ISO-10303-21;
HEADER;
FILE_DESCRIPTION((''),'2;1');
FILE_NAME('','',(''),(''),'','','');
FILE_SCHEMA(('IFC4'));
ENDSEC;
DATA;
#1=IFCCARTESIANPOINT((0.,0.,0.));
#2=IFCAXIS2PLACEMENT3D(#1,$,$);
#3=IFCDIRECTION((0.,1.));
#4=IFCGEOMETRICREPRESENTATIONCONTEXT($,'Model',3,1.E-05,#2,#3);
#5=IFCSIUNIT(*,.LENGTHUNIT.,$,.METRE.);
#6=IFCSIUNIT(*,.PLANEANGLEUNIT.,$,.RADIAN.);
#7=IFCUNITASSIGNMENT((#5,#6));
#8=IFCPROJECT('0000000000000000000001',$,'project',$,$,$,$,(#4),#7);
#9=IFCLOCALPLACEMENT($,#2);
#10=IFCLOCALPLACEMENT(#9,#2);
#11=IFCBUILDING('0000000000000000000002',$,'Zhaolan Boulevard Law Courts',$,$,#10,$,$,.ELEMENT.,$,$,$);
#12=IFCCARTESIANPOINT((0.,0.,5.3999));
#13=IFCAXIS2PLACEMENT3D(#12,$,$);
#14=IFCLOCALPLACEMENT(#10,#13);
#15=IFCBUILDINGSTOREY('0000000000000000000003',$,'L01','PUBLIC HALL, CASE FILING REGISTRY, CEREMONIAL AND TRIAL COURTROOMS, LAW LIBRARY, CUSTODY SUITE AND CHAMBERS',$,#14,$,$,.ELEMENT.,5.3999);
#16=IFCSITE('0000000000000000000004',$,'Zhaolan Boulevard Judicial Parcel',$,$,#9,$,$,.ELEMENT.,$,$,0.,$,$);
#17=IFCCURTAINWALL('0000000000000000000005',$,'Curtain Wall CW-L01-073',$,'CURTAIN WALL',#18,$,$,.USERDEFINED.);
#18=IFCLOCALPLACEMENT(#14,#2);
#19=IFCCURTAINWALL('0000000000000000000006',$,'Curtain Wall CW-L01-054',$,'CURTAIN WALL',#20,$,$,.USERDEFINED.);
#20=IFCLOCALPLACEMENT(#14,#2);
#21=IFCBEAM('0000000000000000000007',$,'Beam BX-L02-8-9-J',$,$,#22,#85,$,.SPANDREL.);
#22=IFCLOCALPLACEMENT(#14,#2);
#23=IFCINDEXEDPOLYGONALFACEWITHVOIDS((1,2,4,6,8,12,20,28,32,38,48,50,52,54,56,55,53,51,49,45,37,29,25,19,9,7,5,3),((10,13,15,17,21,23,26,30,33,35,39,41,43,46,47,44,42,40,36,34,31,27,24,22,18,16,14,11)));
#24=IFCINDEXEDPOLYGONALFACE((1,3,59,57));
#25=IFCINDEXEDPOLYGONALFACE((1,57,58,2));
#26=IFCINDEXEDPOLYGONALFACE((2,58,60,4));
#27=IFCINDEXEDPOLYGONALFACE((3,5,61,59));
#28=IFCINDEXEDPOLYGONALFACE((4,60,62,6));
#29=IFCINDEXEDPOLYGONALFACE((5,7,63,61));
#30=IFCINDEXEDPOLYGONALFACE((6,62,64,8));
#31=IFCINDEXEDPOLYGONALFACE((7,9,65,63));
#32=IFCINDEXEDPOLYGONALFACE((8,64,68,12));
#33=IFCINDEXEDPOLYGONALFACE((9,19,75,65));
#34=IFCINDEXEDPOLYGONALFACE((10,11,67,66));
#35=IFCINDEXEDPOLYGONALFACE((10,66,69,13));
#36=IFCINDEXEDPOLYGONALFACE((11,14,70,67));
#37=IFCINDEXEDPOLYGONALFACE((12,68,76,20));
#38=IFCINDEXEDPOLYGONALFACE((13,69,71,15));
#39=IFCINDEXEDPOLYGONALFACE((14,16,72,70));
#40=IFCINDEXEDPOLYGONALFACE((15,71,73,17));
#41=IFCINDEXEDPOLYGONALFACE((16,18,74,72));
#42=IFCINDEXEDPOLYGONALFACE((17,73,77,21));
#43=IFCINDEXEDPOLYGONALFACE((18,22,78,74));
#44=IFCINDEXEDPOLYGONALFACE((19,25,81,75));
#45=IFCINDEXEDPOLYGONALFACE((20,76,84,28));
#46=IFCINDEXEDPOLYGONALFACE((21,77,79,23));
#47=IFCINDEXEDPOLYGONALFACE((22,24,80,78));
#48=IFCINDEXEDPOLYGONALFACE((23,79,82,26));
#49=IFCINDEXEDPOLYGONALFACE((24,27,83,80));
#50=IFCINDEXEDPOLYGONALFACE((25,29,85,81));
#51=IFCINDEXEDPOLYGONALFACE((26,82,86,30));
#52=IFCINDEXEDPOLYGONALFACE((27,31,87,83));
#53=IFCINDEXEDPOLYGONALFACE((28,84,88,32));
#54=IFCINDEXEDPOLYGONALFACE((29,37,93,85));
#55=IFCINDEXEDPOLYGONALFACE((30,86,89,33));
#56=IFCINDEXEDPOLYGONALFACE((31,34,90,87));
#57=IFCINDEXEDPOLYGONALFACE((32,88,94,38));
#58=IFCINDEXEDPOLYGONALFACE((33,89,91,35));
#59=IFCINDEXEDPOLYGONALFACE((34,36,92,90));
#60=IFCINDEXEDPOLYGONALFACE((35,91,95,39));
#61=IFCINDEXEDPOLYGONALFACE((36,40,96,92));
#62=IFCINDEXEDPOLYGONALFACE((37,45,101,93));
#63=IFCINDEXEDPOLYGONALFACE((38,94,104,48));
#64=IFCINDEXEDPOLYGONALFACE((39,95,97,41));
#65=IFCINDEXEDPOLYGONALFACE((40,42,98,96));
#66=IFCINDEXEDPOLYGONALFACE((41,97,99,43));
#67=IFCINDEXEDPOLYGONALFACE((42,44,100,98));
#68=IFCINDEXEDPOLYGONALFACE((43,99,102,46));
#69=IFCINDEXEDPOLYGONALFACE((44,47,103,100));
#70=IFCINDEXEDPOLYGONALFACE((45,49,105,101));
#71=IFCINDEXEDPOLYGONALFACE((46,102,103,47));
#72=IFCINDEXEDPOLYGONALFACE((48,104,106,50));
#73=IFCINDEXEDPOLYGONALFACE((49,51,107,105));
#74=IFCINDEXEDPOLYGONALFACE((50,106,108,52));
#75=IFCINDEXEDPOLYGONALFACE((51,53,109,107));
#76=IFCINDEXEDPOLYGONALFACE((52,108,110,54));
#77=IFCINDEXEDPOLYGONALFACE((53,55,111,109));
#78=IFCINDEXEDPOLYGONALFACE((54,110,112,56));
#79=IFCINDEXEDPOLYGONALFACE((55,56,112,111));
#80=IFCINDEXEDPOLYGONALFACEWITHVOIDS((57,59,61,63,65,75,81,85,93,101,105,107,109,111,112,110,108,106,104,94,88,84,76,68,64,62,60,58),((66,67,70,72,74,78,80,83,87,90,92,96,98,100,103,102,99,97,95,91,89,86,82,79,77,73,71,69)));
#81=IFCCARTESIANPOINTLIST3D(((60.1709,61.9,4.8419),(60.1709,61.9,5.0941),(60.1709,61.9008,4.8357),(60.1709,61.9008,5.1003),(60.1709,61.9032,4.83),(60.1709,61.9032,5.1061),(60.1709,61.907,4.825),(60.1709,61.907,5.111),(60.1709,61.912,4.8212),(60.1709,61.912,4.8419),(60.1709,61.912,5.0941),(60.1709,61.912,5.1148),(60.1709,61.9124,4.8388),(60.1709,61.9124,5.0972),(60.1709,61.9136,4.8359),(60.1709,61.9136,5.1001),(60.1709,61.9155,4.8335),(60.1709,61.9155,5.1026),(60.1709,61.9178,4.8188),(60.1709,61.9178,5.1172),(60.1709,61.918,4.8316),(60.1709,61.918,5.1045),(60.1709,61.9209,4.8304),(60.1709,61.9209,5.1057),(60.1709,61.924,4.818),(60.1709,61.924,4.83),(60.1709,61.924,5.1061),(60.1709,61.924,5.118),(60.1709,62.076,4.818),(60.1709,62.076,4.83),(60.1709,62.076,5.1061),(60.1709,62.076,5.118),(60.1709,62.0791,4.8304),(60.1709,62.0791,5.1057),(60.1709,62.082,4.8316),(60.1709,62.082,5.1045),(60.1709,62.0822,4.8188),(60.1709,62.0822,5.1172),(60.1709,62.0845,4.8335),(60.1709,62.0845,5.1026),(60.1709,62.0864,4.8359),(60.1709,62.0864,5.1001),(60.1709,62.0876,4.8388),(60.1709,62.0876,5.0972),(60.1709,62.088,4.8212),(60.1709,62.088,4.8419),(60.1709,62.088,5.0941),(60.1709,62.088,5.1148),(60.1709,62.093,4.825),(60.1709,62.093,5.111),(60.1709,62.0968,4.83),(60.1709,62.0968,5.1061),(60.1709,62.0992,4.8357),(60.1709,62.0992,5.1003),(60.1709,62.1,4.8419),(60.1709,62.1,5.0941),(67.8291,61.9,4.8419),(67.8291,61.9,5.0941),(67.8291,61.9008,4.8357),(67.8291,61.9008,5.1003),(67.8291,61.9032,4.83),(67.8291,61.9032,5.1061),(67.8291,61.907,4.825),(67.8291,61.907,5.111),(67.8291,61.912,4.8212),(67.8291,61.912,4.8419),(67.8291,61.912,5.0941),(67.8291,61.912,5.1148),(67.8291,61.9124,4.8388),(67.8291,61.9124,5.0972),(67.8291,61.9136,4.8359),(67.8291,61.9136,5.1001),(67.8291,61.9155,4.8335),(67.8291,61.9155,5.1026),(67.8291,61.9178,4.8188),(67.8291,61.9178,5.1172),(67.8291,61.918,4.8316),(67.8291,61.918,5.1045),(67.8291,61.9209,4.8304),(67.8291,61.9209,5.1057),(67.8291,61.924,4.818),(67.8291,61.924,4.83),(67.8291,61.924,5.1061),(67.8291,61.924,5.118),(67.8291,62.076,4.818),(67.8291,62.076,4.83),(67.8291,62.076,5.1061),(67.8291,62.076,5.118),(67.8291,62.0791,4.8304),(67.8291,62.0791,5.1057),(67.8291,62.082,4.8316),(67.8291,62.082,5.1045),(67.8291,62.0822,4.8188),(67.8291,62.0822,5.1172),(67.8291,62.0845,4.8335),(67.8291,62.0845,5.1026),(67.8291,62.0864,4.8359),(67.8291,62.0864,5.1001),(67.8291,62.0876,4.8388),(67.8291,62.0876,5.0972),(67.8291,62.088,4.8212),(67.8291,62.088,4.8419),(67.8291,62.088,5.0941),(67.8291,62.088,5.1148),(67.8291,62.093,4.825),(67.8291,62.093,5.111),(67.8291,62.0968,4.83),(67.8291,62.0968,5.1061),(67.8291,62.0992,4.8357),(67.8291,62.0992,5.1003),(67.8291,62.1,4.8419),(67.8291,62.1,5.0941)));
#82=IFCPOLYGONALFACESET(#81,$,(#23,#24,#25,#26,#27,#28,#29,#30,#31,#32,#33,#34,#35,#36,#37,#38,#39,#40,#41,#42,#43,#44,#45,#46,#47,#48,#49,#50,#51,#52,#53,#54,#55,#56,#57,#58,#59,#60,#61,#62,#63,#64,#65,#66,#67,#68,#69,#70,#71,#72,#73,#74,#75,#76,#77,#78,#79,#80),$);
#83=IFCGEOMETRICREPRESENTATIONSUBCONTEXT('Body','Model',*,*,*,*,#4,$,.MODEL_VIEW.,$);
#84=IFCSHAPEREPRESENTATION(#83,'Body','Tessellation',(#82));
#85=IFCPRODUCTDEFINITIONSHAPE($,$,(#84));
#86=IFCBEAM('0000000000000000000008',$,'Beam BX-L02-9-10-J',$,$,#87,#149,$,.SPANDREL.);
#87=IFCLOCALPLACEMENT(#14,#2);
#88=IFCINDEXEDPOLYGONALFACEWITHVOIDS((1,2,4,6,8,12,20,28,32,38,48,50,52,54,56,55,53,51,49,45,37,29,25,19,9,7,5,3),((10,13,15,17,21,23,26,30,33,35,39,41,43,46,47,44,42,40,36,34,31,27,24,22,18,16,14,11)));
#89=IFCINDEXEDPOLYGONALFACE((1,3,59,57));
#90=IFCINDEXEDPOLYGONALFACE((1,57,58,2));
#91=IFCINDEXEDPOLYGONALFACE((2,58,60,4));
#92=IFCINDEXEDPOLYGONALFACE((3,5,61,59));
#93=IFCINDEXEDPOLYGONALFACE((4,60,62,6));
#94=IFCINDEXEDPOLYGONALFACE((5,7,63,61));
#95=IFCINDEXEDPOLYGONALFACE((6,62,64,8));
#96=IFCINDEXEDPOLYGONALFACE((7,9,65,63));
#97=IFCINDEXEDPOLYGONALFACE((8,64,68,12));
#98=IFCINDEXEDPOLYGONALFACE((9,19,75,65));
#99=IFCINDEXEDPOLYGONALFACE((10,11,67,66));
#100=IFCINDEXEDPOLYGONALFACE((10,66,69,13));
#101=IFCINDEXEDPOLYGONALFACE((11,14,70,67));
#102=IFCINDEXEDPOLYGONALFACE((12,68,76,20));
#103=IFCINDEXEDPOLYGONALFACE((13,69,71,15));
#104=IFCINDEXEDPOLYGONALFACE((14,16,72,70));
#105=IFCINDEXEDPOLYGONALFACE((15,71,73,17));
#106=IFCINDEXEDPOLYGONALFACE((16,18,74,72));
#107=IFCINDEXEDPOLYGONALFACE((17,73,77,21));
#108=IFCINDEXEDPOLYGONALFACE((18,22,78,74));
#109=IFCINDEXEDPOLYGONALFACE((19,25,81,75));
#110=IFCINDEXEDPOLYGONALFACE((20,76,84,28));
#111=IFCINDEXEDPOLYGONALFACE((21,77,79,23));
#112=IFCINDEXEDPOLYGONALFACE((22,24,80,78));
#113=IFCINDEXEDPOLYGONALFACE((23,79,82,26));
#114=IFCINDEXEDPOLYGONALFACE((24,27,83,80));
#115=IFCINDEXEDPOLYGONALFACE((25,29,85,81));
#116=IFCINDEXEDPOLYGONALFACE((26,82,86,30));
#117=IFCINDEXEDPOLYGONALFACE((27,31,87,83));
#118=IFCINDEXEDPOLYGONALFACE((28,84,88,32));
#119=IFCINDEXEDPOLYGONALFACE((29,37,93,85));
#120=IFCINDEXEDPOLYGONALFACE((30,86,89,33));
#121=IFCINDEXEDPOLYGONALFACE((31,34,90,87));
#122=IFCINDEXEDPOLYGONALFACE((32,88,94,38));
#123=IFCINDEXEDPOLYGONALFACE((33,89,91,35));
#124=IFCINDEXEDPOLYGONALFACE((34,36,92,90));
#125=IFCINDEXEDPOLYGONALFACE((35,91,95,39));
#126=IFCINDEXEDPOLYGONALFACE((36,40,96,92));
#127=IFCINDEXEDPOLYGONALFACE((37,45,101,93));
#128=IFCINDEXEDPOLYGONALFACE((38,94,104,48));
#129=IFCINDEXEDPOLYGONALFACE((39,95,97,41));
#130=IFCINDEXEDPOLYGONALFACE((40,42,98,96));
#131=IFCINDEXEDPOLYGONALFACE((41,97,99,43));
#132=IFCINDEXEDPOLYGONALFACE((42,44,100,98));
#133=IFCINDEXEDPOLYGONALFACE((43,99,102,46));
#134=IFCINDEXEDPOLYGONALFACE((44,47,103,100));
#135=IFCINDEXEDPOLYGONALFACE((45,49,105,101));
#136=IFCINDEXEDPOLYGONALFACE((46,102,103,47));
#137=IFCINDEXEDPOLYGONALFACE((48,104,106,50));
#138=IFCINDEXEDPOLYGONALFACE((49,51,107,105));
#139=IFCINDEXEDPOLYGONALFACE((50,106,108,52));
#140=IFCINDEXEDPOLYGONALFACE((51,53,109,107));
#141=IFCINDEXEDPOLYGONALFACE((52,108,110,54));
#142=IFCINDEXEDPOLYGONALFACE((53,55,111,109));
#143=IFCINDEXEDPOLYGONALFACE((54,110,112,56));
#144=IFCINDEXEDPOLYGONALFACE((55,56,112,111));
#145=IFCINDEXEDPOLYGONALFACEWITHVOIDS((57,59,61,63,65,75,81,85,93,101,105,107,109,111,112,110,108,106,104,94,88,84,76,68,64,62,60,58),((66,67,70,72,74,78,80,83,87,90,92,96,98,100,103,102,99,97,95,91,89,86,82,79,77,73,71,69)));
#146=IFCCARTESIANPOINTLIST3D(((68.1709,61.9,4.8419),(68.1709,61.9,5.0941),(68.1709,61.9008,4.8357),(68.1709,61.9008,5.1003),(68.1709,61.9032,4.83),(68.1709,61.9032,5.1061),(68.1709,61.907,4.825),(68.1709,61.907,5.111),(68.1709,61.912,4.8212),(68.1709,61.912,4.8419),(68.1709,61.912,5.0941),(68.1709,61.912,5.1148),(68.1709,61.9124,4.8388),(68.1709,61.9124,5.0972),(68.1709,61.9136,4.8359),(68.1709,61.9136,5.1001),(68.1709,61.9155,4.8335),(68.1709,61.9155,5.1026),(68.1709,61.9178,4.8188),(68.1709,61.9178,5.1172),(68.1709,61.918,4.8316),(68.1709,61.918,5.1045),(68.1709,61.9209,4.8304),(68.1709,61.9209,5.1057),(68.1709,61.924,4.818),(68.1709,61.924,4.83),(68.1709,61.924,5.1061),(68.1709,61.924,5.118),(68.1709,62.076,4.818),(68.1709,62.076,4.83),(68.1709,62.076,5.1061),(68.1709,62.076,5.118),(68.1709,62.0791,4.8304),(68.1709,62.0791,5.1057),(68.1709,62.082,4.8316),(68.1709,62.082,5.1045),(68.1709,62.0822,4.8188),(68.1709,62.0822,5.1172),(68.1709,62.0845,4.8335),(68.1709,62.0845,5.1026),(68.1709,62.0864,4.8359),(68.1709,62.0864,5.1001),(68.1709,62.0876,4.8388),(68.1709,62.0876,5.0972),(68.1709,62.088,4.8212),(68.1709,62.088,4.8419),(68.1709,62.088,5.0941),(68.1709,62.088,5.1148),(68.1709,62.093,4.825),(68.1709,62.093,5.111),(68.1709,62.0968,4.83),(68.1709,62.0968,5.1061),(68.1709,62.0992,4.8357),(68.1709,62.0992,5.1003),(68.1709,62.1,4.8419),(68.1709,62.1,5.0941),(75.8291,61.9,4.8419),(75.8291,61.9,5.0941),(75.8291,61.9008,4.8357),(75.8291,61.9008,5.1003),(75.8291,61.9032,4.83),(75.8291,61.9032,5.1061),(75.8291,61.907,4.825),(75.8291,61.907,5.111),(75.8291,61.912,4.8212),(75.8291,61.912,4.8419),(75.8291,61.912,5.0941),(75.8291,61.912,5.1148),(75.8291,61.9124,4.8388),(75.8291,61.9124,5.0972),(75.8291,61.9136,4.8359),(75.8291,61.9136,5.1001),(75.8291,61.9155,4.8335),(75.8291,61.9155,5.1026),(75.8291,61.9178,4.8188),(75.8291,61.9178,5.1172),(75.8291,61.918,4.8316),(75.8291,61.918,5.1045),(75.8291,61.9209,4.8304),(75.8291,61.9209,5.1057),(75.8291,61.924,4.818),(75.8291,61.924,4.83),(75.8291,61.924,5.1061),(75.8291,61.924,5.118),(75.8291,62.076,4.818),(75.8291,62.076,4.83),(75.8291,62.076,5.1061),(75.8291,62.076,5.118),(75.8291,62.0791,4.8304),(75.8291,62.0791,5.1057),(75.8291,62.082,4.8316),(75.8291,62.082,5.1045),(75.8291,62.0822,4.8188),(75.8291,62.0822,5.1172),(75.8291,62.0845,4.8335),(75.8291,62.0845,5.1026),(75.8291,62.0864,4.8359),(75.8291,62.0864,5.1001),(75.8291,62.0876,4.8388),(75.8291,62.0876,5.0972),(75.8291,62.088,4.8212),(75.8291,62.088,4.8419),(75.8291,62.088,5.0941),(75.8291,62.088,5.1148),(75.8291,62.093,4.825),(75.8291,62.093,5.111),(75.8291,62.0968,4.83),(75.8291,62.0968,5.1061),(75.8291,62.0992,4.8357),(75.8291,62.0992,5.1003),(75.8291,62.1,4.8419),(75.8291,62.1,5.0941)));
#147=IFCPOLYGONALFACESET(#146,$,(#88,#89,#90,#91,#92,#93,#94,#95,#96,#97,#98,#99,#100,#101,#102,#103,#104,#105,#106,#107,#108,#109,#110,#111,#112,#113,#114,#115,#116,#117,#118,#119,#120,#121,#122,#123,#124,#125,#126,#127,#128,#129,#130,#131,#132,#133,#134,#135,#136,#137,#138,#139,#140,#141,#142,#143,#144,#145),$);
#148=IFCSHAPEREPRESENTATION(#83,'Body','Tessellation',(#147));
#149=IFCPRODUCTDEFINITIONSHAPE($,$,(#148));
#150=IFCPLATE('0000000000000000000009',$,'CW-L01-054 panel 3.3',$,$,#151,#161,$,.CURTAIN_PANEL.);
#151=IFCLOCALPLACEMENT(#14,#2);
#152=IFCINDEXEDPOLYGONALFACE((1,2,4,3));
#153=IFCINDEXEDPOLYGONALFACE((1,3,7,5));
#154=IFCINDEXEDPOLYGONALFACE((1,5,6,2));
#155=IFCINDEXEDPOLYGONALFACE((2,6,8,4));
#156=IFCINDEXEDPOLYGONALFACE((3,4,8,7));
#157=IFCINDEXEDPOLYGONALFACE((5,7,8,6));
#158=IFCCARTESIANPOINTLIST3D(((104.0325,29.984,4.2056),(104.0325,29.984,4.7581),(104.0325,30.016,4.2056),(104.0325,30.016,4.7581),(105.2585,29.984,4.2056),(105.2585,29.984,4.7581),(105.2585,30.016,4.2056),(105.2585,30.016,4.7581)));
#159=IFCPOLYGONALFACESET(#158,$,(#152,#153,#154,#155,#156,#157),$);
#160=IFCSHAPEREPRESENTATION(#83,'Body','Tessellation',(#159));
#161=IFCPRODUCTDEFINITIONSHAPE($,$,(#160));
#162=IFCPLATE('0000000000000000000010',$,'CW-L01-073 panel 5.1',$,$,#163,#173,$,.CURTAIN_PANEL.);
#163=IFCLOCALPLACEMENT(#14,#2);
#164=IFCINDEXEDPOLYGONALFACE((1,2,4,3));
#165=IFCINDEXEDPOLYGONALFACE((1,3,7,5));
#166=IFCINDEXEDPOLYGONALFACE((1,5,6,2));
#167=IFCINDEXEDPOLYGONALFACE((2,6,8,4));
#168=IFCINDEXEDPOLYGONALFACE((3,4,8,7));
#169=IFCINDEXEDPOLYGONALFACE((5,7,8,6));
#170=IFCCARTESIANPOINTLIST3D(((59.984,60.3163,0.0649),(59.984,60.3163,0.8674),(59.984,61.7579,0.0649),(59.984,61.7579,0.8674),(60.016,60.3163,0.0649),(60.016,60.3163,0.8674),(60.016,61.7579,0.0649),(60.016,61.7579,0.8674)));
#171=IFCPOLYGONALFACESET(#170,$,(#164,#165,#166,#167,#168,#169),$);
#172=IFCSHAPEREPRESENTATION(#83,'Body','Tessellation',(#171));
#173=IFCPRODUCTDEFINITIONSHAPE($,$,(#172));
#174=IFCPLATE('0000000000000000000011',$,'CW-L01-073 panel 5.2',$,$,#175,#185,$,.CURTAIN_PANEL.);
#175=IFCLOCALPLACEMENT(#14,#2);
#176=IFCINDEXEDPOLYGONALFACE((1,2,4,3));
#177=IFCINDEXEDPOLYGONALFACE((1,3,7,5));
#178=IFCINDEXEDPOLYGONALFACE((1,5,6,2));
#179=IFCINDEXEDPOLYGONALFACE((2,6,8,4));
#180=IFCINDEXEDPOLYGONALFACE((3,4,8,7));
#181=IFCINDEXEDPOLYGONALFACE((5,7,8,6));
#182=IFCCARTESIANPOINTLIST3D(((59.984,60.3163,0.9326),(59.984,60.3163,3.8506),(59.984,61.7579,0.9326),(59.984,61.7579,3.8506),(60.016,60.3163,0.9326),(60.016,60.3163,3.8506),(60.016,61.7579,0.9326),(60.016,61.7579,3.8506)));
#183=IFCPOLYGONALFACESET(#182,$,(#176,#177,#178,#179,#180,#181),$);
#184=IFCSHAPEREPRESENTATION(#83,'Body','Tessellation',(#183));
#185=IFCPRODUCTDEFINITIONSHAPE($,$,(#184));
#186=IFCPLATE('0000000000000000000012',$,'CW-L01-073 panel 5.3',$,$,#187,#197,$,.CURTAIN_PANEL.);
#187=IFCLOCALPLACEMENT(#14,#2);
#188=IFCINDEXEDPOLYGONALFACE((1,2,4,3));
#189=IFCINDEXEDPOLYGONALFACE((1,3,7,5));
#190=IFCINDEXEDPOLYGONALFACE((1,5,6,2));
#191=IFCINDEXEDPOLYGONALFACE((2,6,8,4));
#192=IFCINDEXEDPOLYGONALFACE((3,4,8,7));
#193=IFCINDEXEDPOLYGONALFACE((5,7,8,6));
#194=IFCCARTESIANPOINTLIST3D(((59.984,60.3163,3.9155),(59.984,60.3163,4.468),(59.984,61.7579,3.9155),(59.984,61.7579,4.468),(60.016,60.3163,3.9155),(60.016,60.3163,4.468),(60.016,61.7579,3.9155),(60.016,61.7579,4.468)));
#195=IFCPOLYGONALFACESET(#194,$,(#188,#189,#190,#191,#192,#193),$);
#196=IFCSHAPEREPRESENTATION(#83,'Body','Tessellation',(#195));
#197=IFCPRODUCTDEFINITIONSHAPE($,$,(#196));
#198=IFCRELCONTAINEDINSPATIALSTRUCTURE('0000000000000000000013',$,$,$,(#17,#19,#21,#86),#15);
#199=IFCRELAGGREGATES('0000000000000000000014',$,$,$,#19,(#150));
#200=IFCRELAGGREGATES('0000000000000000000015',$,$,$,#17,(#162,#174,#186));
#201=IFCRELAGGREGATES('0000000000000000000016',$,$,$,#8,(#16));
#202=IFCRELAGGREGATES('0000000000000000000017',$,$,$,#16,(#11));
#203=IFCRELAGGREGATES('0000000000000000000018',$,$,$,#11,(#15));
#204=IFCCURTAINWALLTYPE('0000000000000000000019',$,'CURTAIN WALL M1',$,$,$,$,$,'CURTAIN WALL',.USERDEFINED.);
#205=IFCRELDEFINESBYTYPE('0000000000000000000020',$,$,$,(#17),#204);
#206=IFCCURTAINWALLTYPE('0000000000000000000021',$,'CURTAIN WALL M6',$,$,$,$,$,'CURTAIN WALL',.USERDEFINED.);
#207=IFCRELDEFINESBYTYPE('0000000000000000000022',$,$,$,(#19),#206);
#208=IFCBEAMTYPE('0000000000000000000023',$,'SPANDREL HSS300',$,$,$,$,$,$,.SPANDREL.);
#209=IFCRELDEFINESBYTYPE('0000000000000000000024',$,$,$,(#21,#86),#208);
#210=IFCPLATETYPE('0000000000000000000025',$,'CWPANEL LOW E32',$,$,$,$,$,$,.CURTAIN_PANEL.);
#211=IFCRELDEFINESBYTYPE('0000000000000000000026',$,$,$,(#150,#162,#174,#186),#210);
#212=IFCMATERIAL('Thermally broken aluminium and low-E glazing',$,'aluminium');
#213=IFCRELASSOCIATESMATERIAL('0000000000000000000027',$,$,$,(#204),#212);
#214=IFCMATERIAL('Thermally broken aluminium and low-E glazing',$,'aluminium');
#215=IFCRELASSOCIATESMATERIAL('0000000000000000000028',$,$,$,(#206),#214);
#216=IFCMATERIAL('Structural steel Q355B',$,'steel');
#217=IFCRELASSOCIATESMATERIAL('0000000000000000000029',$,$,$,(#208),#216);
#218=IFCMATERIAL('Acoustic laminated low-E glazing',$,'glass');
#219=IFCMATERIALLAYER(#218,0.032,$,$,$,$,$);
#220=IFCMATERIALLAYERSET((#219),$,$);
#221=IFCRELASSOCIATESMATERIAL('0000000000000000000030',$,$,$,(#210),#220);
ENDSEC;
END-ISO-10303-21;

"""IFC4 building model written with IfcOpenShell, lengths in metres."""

from ifc_helpers import new_model, si_unit, direction, frame, origin, origin_2d, place, context, subcontext, project, spatial, rectangle, hollow_rectangle, extrude, material, layer, layer_set, material_profile, profile_set, type_object, element, aggregate, save


model = new_model("IFC4")

# Units and contexts
model_context = context("Model", 3, precision=1e-05, world=origin(), true_north=direction((0.0, 1.0)))
body_context = subcontext(model_context, "Body", "Model", "MODEL_VIEW")
ifc_project = project(units=[si_unit("LENGTHUNIT", "METRE"), si_unit("PLANEANGLEUNIT", "RADIAN")], contexts=[model_context])

# Site, building, storey
site_placement = place(None, origin())
site = spatial("IfcSite", under=ifc_project, at=site_placement, Name="Zhaolan Boulevard Judicial Parcel", CompositionType="ELEMENT", RefElevation=0.0)
building_placement = place(site_placement, origin())
building = spatial("IfcBuilding", under=site, at=building_placement, Name="Zhaolan Boulevard Law Courts", CompositionType="ELEMENT")
storey_placement = place(building_placement, frame((0.0, 0.0, 5.3999)))
storey = spatial("IfcBuildingStorey", under=building, at=storey_placement, Name="L01", Description="PUBLIC HALL, CASE FILING REGISTRY, CEREMONIAL AND TRIAL COURTROOMS, LAW LIBRARY, CUSTODY SUITE AND CHAMBERS", CompositionType="ELEMENT", Elevation=5.3999)

# Curtain wall
ifc_material_1 = material(Name="Thermally broken aluminium and low-E glazing", Category="aluminium")
curtain_wall_type_1 = type_object("IfcCurtainWallType", Name="CURTAIN WALL M1", ElementType="CURTAIN WALL", PredefinedType="USERDEFINED", material=ifc_material_1)
curtain_wall_1_placement = place(storey_placement, origin())
curtain_wall_1 = element("IfcCurtainWall", 1, at=curtain_wall_1_placement, inside=storey, type_object=curtain_wall_type_1, Name="Curtain Wall CW-L01-073", ObjectType="CURTAIN WALL", PredefinedType="USERDEFINED")

# Curtain wall
ifc_material_2 = material(Name="Thermally broken aluminium and low-E glazing", Category="aluminium")
curtain_wall_type_2 = type_object("IfcCurtainWallType", Name="CURTAIN WALL M6", ElementType="CURTAIN WALL", PredefinedType="USERDEFINED", material=ifc_material_2)
curtain_wall_2_placement = place(storey_placement, origin())
curtain_wall_2 = element("IfcCurtainWall", 2, at=curtain_wall_2_placement, inside=storey, type_object=curtain_wall_type_2, Name="Curtain Wall CW-L01-054", ObjectType="CURTAIN WALL", PredefinedType="USERDEFINED")

# Beams
ifc_material_3 = material(Name="Structural steel Q355B", Category="steel")
ifc_material_profile_1 = material_profile(ifc_material_3, hollow_rectangle(XDim=0.2, YDim=0.3, WallThickness=0.012, InnerFilletRadius=0.012, OuterFilletRadius=0.0239, at=origin_2d()), Name="HSS300x200x12")
ifc_profile_set_1 = profile_set([ifc_material_profile_1], Name="Structural steel Q355B")
beam_type = type_object("IfcBeamType", Name="SPANDREL HSS300", PredefinedType="SPANDREL", material=ifc_profile_set_1)
for number, where, z_axis, x_axis, name in (
    (3, (60.1709, 62.0, 4.968), (1.0, 0.0, 0.0), (0.0, 1.0, 0.0), "Beam BX-L02-8-9-J"),
    (4, (68.1709, 62.0, 4.968), (1.0, 0.0, 0.0), (0.0, 1.0, 0.0), "Beam BX-L02-9-10-J"),
):
    element("IfcBeam", number, at=place(storey_placement, frame(where, z_axis=z_axis, x_axis=x_axis)), inside=storey, type_object=beam_type, Name=name, PredefinedType="SPANDREL", context=body_context, shape_type="SweptSolid", body=[
        extrude(hollow_rectangle(XDim=0.2, YDim=0.3, WallThickness=0.012, InnerFilletRadius=0.012, OuterFilletRadius=0.0239, at=origin_2d()), origin(), (0.0, 0.0, 1.0), 7.6582),
    ])

# Plates
ifc_material_4 = material(Name="Acoustic laminated low-E glazing", Category="glass")
ifc_layer_1 = layer(ifc_material_4, 0.032)
ifc_layer_set_1 = layer_set([ifc_layer_1])
plate_type_1 = type_object("IfcPlateType", Name="CWPANEL LOW E32", PredefinedType="CURTAIN_PANEL", material=ifc_layer_set_1)
plate_1_placement = place(storey_placement, frame((104.6455, 30.0, 4.2056), z_axis=(0.0, 0.0, 1.0), x_axis=(-1.0, 0.0, 0.0)))
plate_1 = element("IfcPlate", 5, at=plate_1_placement, type_object=plate_type_1, Name="CW-L01-054 panel 3.3", PredefinedType="CURTAIN_PANEL", context=body_context, shape_type="SweptSolid", body=[
    extrude(rectangle(XDim=1.2261, YDim=0.032, at=origin_2d()), origin(), (0.0, 0.0, 1.0), 0.5525),
])
aggregate(curtain_wall_2, [plate_1])
plate_2_placement = place(storey_placement, frame((60.0, 61.0371, 0.0649), z_axis=(0.0, 0.0, 1.0), x_axis=(0.0, 1.0, 0.0)))
plate_2 = element("IfcPlate", 6, at=plate_2_placement, type_object=plate_type_1, Name="CW-L01-073 panel 5.1", PredefinedType="CURTAIN_PANEL", context=body_context, shape_type="SweptSolid", body=[
    extrude(rectangle(XDim=1.4417, YDim=0.032, at=origin_2d()), origin(), (0.0, 0.0, 1.0), 0.8025),
])
plate_3_placement = place(storey_placement, frame((60.0, 61.0371, 0.9326), z_axis=(0.0, 0.0, 1.0), x_axis=(0.0, 1.0, 0.0)))
plate_3 = element("IfcPlate", 7, at=plate_3_placement, type_object=plate_type_1, Name="CW-L01-073 panel 5.2", PredefinedType="CURTAIN_PANEL", context=body_context, shape_type="SweptSolid", body=[
    extrude(rectangle(XDim=1.4417, YDim=0.032, at=origin_2d()), origin(), (0.0, 0.0, 1.0), 2.918),
])
plate_4_placement = place(storey_placement, frame((60.0, 61.0371, 3.9155), z_axis=(0.0, 0.0, 1.0), x_axis=(0.0, 1.0, 0.0)))
plate_4 = element("IfcPlate", 8, at=plate_4_placement, type_object=plate_type_1, Name="CW-L01-073 panel 5.3", PredefinedType="CURTAIN_PANEL", context=body_context, shape_type="SweptSolid", body=[
    extrude(rectangle(XDim=1.4417, YDim=0.032, at=origin_2d()), origin(), (0.0, 0.0, 1.0), 0.5525),
])
aggregate(curtain_wall_1, [plate_2, plate_3, plate_4])

save(model, "model.ifc")
